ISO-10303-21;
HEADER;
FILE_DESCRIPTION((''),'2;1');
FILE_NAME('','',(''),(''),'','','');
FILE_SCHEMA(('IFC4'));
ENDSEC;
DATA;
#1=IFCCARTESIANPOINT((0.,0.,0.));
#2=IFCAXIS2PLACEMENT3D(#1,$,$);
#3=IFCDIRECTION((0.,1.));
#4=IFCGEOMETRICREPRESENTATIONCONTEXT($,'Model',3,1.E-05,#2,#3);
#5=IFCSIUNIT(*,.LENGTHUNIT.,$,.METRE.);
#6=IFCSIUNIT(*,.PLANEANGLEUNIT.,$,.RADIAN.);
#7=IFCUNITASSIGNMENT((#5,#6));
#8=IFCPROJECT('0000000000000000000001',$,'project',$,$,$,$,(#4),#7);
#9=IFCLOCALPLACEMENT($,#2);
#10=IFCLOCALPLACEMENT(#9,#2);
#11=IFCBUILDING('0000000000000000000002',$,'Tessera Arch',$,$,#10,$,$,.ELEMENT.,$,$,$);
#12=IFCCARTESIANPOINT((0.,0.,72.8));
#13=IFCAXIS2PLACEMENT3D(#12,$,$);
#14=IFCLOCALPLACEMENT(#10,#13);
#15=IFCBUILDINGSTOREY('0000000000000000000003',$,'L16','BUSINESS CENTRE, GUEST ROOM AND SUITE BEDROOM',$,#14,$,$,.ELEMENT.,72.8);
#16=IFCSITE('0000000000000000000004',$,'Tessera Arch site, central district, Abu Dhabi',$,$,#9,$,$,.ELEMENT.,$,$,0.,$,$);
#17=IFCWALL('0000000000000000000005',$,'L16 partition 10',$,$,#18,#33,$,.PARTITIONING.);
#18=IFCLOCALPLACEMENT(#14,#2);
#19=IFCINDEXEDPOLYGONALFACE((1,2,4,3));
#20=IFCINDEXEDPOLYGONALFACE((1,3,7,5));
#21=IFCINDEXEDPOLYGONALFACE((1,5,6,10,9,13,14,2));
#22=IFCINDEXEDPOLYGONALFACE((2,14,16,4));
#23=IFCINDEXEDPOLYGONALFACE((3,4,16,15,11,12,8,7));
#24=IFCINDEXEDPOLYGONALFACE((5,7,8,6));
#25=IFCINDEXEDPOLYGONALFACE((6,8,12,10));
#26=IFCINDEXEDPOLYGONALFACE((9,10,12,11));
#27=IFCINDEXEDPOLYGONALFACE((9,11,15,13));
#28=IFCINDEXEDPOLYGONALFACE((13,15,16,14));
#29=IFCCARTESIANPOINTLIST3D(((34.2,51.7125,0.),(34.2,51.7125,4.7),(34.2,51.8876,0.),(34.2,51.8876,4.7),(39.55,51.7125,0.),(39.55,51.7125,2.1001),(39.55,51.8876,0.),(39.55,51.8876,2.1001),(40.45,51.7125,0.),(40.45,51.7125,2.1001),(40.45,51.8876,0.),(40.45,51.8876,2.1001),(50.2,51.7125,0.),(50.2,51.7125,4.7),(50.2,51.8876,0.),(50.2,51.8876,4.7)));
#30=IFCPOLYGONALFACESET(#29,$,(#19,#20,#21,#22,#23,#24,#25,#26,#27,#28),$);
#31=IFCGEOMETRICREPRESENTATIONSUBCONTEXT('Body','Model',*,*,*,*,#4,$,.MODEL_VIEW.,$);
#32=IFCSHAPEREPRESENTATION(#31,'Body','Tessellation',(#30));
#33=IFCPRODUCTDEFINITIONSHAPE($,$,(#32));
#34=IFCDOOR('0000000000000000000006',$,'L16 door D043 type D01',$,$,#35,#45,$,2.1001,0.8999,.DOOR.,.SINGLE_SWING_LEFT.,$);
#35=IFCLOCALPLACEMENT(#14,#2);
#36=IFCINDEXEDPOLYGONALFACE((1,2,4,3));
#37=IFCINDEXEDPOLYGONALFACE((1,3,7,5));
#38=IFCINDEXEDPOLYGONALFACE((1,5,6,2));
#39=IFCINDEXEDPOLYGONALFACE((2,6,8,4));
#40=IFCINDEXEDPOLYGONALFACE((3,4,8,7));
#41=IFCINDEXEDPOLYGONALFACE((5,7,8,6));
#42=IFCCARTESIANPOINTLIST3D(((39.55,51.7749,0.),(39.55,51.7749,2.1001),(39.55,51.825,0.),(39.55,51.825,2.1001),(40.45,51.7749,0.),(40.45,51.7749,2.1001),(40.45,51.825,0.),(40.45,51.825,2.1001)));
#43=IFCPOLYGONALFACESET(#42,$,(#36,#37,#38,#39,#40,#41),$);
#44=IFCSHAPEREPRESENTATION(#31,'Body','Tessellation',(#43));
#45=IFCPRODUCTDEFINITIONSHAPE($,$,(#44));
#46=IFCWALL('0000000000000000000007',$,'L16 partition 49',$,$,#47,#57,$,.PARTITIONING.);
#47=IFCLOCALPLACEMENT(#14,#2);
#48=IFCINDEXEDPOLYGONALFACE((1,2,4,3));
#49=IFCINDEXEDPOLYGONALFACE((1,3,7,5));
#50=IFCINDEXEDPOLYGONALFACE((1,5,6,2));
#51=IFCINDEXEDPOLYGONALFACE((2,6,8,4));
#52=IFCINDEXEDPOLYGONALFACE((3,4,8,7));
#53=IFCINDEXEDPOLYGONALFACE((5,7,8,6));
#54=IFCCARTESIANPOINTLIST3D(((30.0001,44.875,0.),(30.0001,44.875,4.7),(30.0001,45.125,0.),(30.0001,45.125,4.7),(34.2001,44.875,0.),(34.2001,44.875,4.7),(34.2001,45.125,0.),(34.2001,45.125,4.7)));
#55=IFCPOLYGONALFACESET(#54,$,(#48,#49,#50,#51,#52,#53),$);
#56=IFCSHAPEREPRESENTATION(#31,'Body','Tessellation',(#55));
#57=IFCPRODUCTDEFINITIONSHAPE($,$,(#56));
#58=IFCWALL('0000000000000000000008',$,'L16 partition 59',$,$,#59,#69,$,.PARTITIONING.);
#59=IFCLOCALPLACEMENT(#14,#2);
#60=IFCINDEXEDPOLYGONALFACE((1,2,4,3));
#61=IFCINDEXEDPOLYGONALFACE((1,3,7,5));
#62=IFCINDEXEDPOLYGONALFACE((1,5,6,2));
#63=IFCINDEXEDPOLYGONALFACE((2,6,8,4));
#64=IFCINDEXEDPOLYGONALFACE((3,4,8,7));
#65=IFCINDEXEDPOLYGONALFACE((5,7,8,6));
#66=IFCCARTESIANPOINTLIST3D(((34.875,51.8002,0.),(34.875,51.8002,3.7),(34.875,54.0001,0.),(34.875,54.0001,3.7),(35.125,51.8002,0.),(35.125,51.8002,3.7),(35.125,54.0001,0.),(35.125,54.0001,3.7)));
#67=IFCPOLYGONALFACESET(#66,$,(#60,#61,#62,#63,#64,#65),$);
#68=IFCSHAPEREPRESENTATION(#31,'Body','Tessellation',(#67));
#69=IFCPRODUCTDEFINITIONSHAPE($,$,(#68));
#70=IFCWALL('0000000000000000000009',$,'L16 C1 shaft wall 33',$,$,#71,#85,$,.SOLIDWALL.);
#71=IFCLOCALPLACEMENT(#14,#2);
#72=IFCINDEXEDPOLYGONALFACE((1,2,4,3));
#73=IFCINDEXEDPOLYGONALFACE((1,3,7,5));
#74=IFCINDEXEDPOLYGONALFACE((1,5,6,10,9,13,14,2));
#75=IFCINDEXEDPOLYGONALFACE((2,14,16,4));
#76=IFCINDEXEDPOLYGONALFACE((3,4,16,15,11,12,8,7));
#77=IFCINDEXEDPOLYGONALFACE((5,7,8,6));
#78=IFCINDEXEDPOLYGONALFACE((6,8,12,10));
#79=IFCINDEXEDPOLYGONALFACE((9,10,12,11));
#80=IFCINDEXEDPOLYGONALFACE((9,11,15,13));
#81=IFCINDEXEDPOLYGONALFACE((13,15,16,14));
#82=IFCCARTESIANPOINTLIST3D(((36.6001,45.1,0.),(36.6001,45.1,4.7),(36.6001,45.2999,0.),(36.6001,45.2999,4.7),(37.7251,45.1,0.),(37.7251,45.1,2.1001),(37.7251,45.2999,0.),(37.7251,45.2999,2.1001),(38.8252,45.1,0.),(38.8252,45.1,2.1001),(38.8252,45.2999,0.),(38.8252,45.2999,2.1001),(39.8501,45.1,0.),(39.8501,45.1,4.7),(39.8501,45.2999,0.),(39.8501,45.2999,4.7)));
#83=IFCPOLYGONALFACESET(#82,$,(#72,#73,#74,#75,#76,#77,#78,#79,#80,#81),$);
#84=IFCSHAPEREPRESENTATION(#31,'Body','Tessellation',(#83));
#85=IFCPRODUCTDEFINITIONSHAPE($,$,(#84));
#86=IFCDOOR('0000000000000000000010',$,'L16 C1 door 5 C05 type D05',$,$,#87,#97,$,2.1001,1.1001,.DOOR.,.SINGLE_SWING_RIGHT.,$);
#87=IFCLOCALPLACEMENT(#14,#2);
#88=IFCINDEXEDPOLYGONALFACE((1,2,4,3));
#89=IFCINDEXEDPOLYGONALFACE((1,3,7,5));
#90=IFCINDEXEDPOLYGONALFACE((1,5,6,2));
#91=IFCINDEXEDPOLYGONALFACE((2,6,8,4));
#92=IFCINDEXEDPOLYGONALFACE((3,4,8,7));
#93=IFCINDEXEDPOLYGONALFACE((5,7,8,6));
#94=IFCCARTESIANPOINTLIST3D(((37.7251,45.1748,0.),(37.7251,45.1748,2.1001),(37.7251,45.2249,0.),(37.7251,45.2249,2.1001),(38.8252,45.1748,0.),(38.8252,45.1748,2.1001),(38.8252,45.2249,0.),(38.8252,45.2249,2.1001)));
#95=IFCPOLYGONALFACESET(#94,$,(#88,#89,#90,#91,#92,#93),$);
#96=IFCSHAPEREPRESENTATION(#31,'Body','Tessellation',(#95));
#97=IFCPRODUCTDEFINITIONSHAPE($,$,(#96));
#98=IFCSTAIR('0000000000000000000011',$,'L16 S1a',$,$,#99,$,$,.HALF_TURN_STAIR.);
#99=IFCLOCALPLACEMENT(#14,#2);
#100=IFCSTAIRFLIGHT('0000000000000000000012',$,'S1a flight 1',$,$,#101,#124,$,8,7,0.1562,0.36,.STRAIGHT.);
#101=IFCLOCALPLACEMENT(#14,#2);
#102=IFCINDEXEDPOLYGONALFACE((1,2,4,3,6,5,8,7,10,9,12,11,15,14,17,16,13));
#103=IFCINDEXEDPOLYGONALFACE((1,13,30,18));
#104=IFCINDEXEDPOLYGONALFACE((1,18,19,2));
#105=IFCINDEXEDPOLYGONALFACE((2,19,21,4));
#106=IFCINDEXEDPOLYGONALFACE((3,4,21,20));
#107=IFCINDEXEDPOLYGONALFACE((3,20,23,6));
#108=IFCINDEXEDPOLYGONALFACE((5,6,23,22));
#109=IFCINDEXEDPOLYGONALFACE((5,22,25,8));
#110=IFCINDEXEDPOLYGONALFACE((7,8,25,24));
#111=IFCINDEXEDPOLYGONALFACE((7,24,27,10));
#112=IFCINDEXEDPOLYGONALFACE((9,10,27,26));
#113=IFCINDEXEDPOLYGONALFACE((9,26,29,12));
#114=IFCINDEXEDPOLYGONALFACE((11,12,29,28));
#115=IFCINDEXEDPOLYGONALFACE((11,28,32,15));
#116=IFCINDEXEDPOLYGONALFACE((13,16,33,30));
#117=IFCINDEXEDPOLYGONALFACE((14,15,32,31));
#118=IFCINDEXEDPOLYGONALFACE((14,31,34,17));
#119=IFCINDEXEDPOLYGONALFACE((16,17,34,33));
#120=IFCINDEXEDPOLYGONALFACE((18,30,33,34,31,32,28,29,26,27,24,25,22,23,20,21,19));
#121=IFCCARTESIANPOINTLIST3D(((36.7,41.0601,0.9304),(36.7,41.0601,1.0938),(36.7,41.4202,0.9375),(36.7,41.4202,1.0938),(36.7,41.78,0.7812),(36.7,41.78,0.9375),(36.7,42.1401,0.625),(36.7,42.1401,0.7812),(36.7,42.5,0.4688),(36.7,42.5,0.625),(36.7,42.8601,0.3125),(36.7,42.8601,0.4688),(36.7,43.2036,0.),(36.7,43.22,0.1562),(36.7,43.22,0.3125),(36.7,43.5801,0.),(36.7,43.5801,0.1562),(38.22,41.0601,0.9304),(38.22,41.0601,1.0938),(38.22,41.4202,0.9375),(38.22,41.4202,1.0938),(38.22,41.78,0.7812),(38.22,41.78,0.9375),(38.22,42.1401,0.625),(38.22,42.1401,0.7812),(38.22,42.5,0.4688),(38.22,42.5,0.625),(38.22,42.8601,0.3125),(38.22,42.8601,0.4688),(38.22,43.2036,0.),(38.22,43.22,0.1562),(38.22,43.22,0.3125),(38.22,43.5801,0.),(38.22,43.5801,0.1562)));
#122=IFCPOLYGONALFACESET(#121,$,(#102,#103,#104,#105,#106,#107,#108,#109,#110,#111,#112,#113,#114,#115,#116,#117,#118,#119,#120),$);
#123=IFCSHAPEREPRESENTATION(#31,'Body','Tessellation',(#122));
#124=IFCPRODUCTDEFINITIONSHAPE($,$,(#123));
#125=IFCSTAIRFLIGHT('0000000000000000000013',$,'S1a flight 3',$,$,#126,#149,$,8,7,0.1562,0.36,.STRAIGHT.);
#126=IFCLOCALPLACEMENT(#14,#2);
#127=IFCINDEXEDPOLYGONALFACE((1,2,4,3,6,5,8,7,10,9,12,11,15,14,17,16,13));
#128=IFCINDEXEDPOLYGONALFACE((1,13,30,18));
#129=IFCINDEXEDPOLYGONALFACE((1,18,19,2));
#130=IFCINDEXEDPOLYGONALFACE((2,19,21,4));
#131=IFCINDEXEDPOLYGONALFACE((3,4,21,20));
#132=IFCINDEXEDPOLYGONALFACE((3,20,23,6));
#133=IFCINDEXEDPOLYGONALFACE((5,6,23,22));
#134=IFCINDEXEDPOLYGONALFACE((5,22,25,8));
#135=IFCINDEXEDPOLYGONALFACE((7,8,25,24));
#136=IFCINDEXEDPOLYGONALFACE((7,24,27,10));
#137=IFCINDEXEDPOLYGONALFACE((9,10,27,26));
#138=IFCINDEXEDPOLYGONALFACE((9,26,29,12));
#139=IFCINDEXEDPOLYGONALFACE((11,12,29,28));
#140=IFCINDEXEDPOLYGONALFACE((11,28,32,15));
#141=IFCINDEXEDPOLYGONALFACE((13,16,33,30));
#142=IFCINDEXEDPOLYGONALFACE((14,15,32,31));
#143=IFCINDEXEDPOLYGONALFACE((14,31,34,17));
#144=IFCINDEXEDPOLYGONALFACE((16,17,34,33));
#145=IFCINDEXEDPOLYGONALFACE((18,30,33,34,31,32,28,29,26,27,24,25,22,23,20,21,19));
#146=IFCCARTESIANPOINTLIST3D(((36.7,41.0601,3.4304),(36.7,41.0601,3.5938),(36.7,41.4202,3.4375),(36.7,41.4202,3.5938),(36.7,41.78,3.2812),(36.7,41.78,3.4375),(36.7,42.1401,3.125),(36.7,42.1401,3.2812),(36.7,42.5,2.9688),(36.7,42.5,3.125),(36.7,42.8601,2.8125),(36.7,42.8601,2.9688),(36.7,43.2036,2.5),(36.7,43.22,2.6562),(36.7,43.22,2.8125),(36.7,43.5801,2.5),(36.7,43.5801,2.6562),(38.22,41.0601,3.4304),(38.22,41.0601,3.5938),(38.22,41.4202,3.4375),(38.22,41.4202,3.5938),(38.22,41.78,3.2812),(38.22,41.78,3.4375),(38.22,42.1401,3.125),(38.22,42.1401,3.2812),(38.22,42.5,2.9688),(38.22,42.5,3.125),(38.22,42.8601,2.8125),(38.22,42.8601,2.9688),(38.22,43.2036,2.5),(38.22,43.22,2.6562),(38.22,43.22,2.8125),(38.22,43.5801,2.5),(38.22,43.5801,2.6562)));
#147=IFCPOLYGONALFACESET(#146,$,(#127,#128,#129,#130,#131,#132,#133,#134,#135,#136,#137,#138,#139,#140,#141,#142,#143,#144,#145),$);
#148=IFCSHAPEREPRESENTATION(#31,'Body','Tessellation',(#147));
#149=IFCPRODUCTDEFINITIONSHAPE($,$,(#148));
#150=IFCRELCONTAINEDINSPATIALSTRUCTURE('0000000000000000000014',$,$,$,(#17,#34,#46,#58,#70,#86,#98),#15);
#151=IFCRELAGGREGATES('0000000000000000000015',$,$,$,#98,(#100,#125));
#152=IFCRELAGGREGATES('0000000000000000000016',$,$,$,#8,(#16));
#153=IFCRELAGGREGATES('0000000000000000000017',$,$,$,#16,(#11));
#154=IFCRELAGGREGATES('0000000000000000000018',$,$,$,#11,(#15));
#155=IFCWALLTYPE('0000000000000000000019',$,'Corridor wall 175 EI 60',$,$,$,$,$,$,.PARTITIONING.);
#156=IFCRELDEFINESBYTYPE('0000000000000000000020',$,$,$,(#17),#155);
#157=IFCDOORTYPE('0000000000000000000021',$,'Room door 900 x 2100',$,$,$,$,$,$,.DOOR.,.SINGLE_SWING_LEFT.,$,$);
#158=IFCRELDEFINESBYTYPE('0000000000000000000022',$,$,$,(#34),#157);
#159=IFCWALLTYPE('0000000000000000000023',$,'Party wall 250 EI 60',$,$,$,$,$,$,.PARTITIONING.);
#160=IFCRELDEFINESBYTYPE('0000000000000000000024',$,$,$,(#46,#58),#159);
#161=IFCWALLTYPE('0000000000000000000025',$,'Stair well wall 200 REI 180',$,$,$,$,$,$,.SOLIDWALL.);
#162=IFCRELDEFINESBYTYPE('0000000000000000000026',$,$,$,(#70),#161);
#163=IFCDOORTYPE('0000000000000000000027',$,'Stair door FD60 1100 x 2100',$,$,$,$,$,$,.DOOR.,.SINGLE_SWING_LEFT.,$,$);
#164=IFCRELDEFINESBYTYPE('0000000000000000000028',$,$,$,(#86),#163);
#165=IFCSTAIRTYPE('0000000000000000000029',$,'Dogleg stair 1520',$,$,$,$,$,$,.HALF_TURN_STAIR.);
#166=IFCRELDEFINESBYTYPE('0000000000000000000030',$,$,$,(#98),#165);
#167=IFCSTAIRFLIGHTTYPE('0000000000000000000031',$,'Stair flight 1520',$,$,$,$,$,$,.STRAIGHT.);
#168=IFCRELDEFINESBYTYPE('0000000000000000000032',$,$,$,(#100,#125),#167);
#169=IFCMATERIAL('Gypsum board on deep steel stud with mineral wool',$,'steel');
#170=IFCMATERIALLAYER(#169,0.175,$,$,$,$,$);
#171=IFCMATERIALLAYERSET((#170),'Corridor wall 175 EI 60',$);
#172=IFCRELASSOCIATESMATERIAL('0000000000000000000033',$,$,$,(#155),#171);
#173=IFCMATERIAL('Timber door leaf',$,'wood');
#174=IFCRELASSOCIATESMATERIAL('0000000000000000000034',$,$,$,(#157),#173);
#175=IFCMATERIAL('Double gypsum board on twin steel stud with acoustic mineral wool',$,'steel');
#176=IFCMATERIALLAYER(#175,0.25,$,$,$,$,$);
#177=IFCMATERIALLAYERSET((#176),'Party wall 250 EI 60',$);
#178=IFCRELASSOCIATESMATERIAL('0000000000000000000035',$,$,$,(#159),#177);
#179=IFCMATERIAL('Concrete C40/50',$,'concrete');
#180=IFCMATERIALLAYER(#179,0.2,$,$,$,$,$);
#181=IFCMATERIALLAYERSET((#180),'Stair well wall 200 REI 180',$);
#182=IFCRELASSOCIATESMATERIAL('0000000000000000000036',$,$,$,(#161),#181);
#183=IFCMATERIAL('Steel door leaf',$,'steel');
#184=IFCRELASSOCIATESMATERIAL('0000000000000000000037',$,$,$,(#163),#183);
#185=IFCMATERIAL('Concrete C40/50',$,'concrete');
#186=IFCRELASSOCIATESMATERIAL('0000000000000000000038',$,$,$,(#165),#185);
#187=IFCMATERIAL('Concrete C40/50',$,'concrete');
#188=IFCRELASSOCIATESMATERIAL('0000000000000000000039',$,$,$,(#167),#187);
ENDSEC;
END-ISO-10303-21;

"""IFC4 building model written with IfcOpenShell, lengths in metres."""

from ifc_helpers import new_model, si_unit, direction, frame, frame_2d, origin, place, context, subcontext, project, spatial, polyline, rectangle, outline, extrude, material, layer, layer_set, type_object, element, fill, aggregate, save


model = new_model("IFC4")

# Units and contexts
model_context = context("Model", 3, precision=1e-05, world=origin(), true_north=direction((0.0, 1.0)))
body_context = subcontext(model_context, "Body", "Model", "MODEL_VIEW")
ifc_project = project(units=[si_unit("LENGTHUNIT", "METRE"), si_unit("PLANEANGLEUNIT", "RADIAN")], contexts=[model_context])

# Site, building, storey
site_placement = place(None, origin())
site = spatial("IfcSite", under=ifc_project, at=site_placement, Name="Tessera Arch site, central district, Abu Dhabi", CompositionType="ELEMENT", RefElevation=0.0)
building_placement = place(site_placement, origin())
building = spatial("IfcBuilding", under=site, at=building_placement, Name="Tessera Arch", CompositionType="ELEMENT")
storey_placement = place(building_placement, frame((0.0, 0.0, 72.8)))
storey = spatial("IfcBuildingStorey", under=building, at=storey_placement, Name="L16", Description="BUSINESS CENTRE, GUEST ROOM AND SUITE BEDROOM", CompositionType="ELEMENT", Elevation=72.8)

# Wall, opening, door
ifc_material_1 = material(Name="Gypsum board on deep steel stud with mineral wool", Category="steel")
ifc_layer_1 = layer(ifc_material_1, 0.175)
ifc_layer_set_1 = layer_set([ifc_layer_1], Name="Corridor wall 175 EI 60")
wall_type_1 = type_object("IfcWallType", Name="Corridor wall 175 EI 60", PredefinedType="PARTITIONING", material=ifc_layer_set_1)
wall_1_placement = place(storey_placement, frame((34.2, 51.8, 0.0), z_axis=(0.0, 0.0, 1.0), x_axis=(1.0, 0.0, 0.0)))
wall_1 = element("IfcWall", 1, at=wall_1_placement, inside=storey, type_object=wall_type_1, Name="L16 partition 10", PredefinedType="PARTITIONING", context=body_context, shape_type="SweptSolid", body=[
    extrude(rectangle(XDim=16.0, YDim=0.175, at=frame_2d((8.0, 0.0))), origin(), (0.0, 0.0, 1.0), 4.7),
])
opening_1_placement = place(wall_1_placement, frame((5.3501, 0.0, 0.0)))
opening_1 = element("IfcOpeningElement", 2, at=opening_1_placement, cuts=wall_1, PredefinedType="OPENING", context=body_context, shape_type="SweptSolid", body=[
    extrude(rectangle(XDim=0.8999, YDim=2.1001, at=frame_2d((0.45, 1.05))), frame((0.0, 0.0974, 0.0), z_axis=(0.0, -1.0, 0.0), x_axis=(1.0, 0.0, 0.0)), (0.0, 0.0, 1.0), 0.1951),
])
ifc_material_2 = material(Name="Timber door leaf", Category="wood")
door_type_1 = type_object("IfcDoorType", Name="Room door 900 x 2100", OperationType="SINGLE_SWING_LEFT", PredefinedType="DOOR", material=ifc_material_2)
door_1_placement = place(opening_1_placement, origin())
door_1 = element("IfcDoor", 3, at=door_1_placement, inside=storey, type_object=door_type_1, Name="L16 door D043 type D01", OperationType="SINGLE_SWING_LEFT", OverallHeight=2.1001, OverallWidth=0.8999, PredefinedType="DOOR", context=body_context, shape_type="SweptSolid", body=[
    extrude(rectangle(XDim=0.8999, YDim=2.1001, at=frame_2d((0.45, 1.05))), frame((0.0, 0.0249, 0.0), z_axis=(0.0, -1.0, 0.0), x_axis=(1.0, 0.0, 0.0)), (0.0, 0.0, 1.0), 0.05),
])
fill(opening_1, door_1)

# Walls
ifc_material_3 = material(Name="Double gypsum board on twin steel stud with acoustic mineral wool", Category="steel")
ifc_layer_2 = layer(ifc_material_3, 0.25)
ifc_layer_set_2 = layer_set([ifc_layer_2], Name="Party wall 250 EI 60")
wall_type_2 = type_object("IfcWallType", Name="Party wall 250 EI 60", PredefinedType="PARTITIONING", material=ifc_layer_set_2)
wall_2_placement = place(storey_placement, frame((30.0, 45.0, 0.0), z_axis=(0.0, 0.0, 1.0), x_axis=(1.0, 0.0, 0.0)))
element("IfcWall", 4, at=wall_2_placement, inside=storey, type_object=wall_type_2, Name="L16 partition 49", PredefinedType="PARTITIONING", context=body_context, shape_type="SweptSolid", body=[
    extrude(rectangle(XDim=4.2, YDim=0.25, at=frame_2d((2.1001, 0.0))), origin(), (0.0, 0.0, 1.0), 4.7),
])
wall_3_placement = place(storey_placement, frame((35.0, 51.8, 0.0), z_axis=(0.0, 0.0, 1.0), x_axis=(0.0, 1.0, 0.0)))
element("IfcWall", 5, at=wall_3_placement, inside=storey, type_object=wall_type_2, Name="L16 partition 59", PredefinedType="PARTITIONING", context=body_context, shape_type="SweptSolid", body=[
    extrude(rectangle(XDim=2.2, YDim=0.25, at=frame_2d((1.1001, 0.0))), origin(), (0.0, 0.0, 1.0), 3.7),
])

# Wall, opening, door
ifc_material_4 = material(Name="Concrete C40/50", Category="concrete")
ifc_layer_3 = layer(ifc_material_4, 0.2)
ifc_layer_set_3 = layer_set([ifc_layer_3], Name="Stair well wall 200 REI 180")
wall_type_3 = type_object("IfcWallType", Name="Stair well wall 200 REI 180", PredefinedType="SOLIDWALL", material=ifc_layer_set_3)
wall_4_placement = place(storey_placement, frame((36.6001, 45.2, 0.0), z_axis=(0.0, 0.0, 1.0), x_axis=(1.0, 0.0, 0.0)))
wall_4 = element("IfcWall", 6, at=wall_4_placement, inside=storey, type_object=wall_type_3, Name="L16 C1 shaft wall 33", PredefinedType="SOLIDWALL", context=body_context, shape_type="SweptSolid", body=[
    extrude(rectangle(XDim=3.25, YDim=0.2, at=frame_2d((1.625, 0.0))), origin(), (0.0, 0.0, 1.0), 4.7),
])
opening_2_placement = place(wall_4_placement, frame((1.125, 0.0, 0.0)))
opening_2 = element("IfcOpeningElement", 7, at=opening_2_placement, cuts=wall_4, PredefinedType="OPENING", context=body_context, shape_type="SweptSolid", body=[
    extrude(rectangle(XDim=1.1001, YDim=2.1001, at=frame_2d((0.55, 1.05))), frame((0.0, 0.1099, 0.0), z_axis=(0.0, -1.0, 0.0), x_axis=(1.0, 0.0, 0.0)), (0.0, 0.0, 1.0), 0.22),
])
ifc_material_5 = material(Name="Steel door leaf", Category="steel")
door_type_2 = type_object("IfcDoorType", Name="Stair door FD60 1100 x 2100", OperationType="SINGLE_SWING_LEFT", PredefinedType="DOOR", material=ifc_material_5)
door_2_placement = place(opening_2_placement, origin())
door_2 = element("IfcDoor", 8, at=door_2_placement, inside=storey, type_object=door_type_2, Name="L16 C1 door 5 C05 type D05", OperationType="SINGLE_SWING_RIGHT", OverallHeight=2.1001, OverallWidth=1.1001, PredefinedType="DOOR", context=body_context, shape_type="SweptSolid", body=[
    extrude(rectangle(XDim=1.1001, YDim=2.1001, at=frame_2d((0.55, 1.05))), frame((0.0, 0.0249, 0.0), z_axis=(0.0, -1.0, 0.0), x_axis=(1.0, 0.0, 0.0)), (0.0, 0.0, 1.0), 0.05),
])
fill(opening_2, door_2)

# Stair, stair flights
ifc_material_6 = material(Name="Concrete C40/50", Category="concrete")
stair_type = type_object("IfcStairType", Name="Dogleg stair 1520", PredefinedType="HALF_TURN_STAIR", material=ifc_material_6)
stair_placement = place(storey_placement, origin())
stair = element("IfcStair", 9, at=stair_placement, inside=storey, type_object=stair_type, Name="L16 S1a", PredefinedType="HALF_TURN_STAIR")
ifc_material_7 = material(Name="Concrete C40/50", Category="concrete")
stair_flight_type = type_object("IfcStairFlightType", Name="Stair flight 1520", PredefinedType="STRAIGHT", material=ifc_material_7)
stair_flight_1_placement = place(storey_placement, frame((37.46, 43.5801, 0.0), z_axis=(0.0, 0.0, 1.0), x_axis=(0.0, -1.0, 0.0)))
stair_flight_1 = element("IfcStairFlight", 10, at=stair_flight_1_placement, type_object=stair_flight_type, Name="S1a flight 1", NumberOfRisers=8, NumberOfTreads=7, PredefinedType="STRAIGHT", RiserHeight=0.1562, TreadLength=0.36, context=body_context, shape_type="SweptSolid", body=[
    extrude(outline(polyline([(0.0, 0.0), (0.0, 0.1562), (0.3601, 0.1562), (0.3601, 0.3125), (0.72, 0.3125), (0.72, 0.4688), (1.0801, 0.4688), (1.0801, 0.625), (1.4399, 0.625), (1.4399, 0.7812), (1.8, 0.7812), (1.8, 0.9375), (2.1599, 0.9375), (2.1599, 1.0938), (2.52, 1.0938), (2.52, 1.25), (2.52, 0.9304), (0.3765, 0.0), (0.0, 0.0)])), frame((0.0, 0.76, 0.0), z_axis=(0.0, -1.0, 0.0), x_axis=(1.0, 0.0, 0.0)), (0.0, 0.0, 1.0), 1.52),
])
stair_flight_2_placement = place(storey_placement, frame((37.46, 43.5801, 2.5), z_axis=(0.0, 0.0, 1.0), x_axis=(0.0, -1.0, 0.0)))
stair_flight_2 = element("IfcStairFlight", 11, at=stair_flight_2_placement, type_object=stair_flight_type, Name="S1a flight 3", NumberOfRisers=8, NumberOfTreads=7, PredefinedType="STRAIGHT", RiserHeight=0.1562, TreadLength=0.36, context=body_context, shape_type="SweptSolid", body=[
    extrude(outline(polyline([(0.0, 0.0), (0.0, 0.1562), (0.3601, 0.1562), (0.3601, 0.3125), (0.72, 0.3125), (0.72, 0.4688), (1.0801, 0.4688), (1.0801, 0.625), (1.4399, 0.625), (1.4399, 0.7812), (1.8, 0.7812), (1.8, 0.9375), (2.1599, 0.9375), (2.1599, 1.0938), (2.52, 1.0938), (2.52, 1.25), (2.52, 0.9304), (0.3765, 0.0), (0.0, 0.0)])), frame((0.0, 0.76, 0.0), z_axis=(0.0, -1.0, 0.0), x_axis=(1.0, 0.0, 0.0)), (0.0, 0.0, 1.0), 1.52),
])
aggregate(stair, [stair_flight_1, stair_flight_2])

save(model, "model.ifc")
